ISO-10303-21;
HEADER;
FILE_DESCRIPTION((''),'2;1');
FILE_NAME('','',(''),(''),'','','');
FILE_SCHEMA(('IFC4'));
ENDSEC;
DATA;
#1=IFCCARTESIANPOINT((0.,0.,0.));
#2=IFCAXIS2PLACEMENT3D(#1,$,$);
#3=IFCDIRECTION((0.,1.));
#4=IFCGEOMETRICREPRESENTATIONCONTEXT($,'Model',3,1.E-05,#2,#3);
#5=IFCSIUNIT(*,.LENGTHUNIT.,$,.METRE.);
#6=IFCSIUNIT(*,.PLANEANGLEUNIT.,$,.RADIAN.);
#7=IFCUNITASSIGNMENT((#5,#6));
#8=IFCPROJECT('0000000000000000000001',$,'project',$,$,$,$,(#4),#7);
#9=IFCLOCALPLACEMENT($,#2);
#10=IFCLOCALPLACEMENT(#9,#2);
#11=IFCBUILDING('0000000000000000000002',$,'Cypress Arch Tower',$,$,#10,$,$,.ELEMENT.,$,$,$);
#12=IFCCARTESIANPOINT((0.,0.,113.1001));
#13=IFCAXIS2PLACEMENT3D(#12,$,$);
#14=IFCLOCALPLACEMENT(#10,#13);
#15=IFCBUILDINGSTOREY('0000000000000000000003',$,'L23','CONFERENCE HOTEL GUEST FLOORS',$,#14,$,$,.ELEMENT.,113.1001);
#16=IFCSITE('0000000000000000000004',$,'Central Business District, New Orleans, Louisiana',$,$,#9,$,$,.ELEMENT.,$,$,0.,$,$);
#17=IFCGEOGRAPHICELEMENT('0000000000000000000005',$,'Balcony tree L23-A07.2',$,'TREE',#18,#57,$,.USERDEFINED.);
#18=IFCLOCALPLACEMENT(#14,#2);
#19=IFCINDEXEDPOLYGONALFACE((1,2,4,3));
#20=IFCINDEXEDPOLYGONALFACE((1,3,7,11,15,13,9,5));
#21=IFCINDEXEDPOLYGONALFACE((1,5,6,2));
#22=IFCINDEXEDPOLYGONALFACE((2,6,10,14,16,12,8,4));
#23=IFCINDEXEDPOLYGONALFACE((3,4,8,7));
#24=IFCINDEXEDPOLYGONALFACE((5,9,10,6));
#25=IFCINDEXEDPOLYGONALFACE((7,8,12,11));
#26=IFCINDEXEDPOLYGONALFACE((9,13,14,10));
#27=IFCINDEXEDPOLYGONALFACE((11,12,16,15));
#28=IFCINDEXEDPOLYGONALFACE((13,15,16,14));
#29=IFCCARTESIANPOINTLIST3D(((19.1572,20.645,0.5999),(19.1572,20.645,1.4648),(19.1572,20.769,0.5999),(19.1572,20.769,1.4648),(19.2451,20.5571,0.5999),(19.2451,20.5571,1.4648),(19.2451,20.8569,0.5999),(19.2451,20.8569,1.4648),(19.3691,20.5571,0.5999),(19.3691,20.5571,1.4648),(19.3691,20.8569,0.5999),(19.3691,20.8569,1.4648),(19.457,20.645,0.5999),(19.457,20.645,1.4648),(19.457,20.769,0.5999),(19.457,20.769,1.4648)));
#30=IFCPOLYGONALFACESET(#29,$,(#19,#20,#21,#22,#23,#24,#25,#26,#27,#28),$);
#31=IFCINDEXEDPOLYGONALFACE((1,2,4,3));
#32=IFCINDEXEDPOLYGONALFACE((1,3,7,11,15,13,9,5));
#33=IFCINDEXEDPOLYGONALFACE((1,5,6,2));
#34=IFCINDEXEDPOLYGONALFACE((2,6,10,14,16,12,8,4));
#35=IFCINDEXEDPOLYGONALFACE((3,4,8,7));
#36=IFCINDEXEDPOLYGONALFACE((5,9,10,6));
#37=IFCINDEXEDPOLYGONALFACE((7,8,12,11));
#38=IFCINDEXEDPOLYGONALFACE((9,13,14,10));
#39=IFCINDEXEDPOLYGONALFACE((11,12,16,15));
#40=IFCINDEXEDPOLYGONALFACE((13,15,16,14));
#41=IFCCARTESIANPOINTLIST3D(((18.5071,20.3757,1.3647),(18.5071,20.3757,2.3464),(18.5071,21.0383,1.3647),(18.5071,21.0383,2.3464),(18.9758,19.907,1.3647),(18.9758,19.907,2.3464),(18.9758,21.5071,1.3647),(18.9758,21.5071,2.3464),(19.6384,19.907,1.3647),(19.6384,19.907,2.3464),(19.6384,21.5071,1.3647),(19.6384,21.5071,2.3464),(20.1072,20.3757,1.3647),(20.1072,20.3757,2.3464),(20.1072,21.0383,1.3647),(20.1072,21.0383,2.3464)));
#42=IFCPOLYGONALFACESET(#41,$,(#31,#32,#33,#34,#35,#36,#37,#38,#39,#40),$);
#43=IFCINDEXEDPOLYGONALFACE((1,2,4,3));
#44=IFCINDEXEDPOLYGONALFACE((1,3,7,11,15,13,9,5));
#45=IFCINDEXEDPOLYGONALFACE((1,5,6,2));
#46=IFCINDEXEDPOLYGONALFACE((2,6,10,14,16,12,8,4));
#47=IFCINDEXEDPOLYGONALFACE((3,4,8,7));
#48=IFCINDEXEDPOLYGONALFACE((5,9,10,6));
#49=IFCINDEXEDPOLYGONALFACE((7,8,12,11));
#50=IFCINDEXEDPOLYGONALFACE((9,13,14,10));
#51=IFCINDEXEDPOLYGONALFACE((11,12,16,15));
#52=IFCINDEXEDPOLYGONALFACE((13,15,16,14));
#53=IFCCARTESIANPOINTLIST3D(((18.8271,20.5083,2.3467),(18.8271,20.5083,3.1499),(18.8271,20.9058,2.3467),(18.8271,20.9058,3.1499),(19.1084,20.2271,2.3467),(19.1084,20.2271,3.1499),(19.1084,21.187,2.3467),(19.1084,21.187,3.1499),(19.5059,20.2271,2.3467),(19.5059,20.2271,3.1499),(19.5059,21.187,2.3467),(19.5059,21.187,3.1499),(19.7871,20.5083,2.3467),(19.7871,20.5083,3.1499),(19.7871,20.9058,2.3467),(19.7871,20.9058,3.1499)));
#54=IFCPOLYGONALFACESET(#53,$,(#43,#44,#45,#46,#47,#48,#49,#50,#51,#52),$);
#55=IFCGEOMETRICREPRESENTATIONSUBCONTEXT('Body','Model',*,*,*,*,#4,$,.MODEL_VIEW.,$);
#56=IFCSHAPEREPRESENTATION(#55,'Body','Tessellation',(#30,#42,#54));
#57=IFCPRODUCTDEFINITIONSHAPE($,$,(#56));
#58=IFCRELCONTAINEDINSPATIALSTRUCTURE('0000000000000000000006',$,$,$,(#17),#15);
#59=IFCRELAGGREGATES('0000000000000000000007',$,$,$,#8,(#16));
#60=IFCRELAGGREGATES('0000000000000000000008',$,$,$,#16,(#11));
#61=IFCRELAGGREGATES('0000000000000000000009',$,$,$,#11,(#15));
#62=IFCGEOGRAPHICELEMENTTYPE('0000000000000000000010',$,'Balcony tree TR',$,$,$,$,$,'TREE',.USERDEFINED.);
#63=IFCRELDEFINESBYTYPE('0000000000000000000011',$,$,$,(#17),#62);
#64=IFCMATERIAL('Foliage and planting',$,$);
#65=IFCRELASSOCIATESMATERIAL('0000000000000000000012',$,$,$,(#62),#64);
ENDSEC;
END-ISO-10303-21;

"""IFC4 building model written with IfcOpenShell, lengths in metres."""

from ifc_helpers import new_model, si_unit, direction, frame, origin, place, context, subcontext, project, spatial, polyline, outline, extrude, material, type_object, element, save


model = new_model("IFC4")

# Units and contexts
model_context = context("Model", 3, precision=1e-05, world=origin(), true_north=direction((0.0, 1.0)))
body_context = subcontext(model_context, "Body", "Model", "MODEL_VIEW")
ifc_project = project(units=[si_unit("LENGTHUNIT", "METRE"), si_unit("PLANEANGLEUNIT", "RADIAN")], contexts=[model_context])

# Site, building, storey
site_placement = place(None, origin())
site = spatial("IfcSite", under=ifc_project, at=site_placement, Name="Central Business District, New Orleans, Louisiana", CompositionType="ELEMENT", RefElevation=0.0)
building_placement = place(site_placement, origin())
building = spatial("IfcBuilding", under=site, at=building_placement, Name="Cypress Arch Tower", CompositionType="ELEMENT")
storey_placement = place(building_placement, frame((0.0, 0.0, 113.1001)))
storey = spatial("IfcBuildingStorey", under=building, at=storey_placement, Name="L23", Description="CONFERENCE HOTEL GUEST FLOORS", CompositionType="ELEMENT", Elevation=113.1001)

# Geographic element
ifc_material_1 = material(Name="Foliage and planting")
geographic_element_type = type_object("IfcGeographicElementType", Name="Balcony tree TR", ElementType="TREE", PredefinedType="USERDEFINED", material=ifc_material_1)
geographic_element_placement = place(storey_placement, frame((19.3071, 20.707, 0.5999), z_axis=(0.0, 0.0, 1.0), x_axis=(1.0, 0.0, 0.0)))
element("IfcGeographicElement", 1, at=geographic_element_placement, inside=storey, type_object=geographic_element_type, Name="Balcony tree L23-A07.2", ObjectType="TREE", PredefinedType="USERDEFINED", context=body_context, shape_type="SweptSolid", body=[
    extrude(outline(polyline([(0.1499, 0.062), (0.062, 0.1499), (-0.062, 0.1499), (-0.1499, 0.062), (-0.1499, -0.062), (-0.062, -0.1499), (0.062, -0.1499), (0.1499, -0.062), (0.1499, 0.062)])), origin(), (0.0, 0.0, 1.0), 0.865),
    extrude(outline(polyline([(0.8, 0.3313), (0.3313, 0.8), (-0.3313, 0.8), (-0.8, 0.3313), (-0.8, -0.3313), (-0.3313, -0.8), (0.3313, -0.8), (0.8, -0.3313), (0.8, 0.3313)])), frame((0.0, 0.0, 0.7649)), (0.0, 0.0, 1.0), 0.9817),
    extrude(outline(polyline([(0.48, 0.1987), (0.1987, 0.48), (-0.1987, 0.48), (-0.48, 0.1987), (-0.48, -0.1987), (-0.1987, -0.48), (0.1987, -0.48), (0.48, -0.1987), (0.48, 0.1987)])), frame((0.0, 0.0, 1.7468)), (0.0, 0.0, 1.0), 0.8032),
])

save(model, "model.ifc")
